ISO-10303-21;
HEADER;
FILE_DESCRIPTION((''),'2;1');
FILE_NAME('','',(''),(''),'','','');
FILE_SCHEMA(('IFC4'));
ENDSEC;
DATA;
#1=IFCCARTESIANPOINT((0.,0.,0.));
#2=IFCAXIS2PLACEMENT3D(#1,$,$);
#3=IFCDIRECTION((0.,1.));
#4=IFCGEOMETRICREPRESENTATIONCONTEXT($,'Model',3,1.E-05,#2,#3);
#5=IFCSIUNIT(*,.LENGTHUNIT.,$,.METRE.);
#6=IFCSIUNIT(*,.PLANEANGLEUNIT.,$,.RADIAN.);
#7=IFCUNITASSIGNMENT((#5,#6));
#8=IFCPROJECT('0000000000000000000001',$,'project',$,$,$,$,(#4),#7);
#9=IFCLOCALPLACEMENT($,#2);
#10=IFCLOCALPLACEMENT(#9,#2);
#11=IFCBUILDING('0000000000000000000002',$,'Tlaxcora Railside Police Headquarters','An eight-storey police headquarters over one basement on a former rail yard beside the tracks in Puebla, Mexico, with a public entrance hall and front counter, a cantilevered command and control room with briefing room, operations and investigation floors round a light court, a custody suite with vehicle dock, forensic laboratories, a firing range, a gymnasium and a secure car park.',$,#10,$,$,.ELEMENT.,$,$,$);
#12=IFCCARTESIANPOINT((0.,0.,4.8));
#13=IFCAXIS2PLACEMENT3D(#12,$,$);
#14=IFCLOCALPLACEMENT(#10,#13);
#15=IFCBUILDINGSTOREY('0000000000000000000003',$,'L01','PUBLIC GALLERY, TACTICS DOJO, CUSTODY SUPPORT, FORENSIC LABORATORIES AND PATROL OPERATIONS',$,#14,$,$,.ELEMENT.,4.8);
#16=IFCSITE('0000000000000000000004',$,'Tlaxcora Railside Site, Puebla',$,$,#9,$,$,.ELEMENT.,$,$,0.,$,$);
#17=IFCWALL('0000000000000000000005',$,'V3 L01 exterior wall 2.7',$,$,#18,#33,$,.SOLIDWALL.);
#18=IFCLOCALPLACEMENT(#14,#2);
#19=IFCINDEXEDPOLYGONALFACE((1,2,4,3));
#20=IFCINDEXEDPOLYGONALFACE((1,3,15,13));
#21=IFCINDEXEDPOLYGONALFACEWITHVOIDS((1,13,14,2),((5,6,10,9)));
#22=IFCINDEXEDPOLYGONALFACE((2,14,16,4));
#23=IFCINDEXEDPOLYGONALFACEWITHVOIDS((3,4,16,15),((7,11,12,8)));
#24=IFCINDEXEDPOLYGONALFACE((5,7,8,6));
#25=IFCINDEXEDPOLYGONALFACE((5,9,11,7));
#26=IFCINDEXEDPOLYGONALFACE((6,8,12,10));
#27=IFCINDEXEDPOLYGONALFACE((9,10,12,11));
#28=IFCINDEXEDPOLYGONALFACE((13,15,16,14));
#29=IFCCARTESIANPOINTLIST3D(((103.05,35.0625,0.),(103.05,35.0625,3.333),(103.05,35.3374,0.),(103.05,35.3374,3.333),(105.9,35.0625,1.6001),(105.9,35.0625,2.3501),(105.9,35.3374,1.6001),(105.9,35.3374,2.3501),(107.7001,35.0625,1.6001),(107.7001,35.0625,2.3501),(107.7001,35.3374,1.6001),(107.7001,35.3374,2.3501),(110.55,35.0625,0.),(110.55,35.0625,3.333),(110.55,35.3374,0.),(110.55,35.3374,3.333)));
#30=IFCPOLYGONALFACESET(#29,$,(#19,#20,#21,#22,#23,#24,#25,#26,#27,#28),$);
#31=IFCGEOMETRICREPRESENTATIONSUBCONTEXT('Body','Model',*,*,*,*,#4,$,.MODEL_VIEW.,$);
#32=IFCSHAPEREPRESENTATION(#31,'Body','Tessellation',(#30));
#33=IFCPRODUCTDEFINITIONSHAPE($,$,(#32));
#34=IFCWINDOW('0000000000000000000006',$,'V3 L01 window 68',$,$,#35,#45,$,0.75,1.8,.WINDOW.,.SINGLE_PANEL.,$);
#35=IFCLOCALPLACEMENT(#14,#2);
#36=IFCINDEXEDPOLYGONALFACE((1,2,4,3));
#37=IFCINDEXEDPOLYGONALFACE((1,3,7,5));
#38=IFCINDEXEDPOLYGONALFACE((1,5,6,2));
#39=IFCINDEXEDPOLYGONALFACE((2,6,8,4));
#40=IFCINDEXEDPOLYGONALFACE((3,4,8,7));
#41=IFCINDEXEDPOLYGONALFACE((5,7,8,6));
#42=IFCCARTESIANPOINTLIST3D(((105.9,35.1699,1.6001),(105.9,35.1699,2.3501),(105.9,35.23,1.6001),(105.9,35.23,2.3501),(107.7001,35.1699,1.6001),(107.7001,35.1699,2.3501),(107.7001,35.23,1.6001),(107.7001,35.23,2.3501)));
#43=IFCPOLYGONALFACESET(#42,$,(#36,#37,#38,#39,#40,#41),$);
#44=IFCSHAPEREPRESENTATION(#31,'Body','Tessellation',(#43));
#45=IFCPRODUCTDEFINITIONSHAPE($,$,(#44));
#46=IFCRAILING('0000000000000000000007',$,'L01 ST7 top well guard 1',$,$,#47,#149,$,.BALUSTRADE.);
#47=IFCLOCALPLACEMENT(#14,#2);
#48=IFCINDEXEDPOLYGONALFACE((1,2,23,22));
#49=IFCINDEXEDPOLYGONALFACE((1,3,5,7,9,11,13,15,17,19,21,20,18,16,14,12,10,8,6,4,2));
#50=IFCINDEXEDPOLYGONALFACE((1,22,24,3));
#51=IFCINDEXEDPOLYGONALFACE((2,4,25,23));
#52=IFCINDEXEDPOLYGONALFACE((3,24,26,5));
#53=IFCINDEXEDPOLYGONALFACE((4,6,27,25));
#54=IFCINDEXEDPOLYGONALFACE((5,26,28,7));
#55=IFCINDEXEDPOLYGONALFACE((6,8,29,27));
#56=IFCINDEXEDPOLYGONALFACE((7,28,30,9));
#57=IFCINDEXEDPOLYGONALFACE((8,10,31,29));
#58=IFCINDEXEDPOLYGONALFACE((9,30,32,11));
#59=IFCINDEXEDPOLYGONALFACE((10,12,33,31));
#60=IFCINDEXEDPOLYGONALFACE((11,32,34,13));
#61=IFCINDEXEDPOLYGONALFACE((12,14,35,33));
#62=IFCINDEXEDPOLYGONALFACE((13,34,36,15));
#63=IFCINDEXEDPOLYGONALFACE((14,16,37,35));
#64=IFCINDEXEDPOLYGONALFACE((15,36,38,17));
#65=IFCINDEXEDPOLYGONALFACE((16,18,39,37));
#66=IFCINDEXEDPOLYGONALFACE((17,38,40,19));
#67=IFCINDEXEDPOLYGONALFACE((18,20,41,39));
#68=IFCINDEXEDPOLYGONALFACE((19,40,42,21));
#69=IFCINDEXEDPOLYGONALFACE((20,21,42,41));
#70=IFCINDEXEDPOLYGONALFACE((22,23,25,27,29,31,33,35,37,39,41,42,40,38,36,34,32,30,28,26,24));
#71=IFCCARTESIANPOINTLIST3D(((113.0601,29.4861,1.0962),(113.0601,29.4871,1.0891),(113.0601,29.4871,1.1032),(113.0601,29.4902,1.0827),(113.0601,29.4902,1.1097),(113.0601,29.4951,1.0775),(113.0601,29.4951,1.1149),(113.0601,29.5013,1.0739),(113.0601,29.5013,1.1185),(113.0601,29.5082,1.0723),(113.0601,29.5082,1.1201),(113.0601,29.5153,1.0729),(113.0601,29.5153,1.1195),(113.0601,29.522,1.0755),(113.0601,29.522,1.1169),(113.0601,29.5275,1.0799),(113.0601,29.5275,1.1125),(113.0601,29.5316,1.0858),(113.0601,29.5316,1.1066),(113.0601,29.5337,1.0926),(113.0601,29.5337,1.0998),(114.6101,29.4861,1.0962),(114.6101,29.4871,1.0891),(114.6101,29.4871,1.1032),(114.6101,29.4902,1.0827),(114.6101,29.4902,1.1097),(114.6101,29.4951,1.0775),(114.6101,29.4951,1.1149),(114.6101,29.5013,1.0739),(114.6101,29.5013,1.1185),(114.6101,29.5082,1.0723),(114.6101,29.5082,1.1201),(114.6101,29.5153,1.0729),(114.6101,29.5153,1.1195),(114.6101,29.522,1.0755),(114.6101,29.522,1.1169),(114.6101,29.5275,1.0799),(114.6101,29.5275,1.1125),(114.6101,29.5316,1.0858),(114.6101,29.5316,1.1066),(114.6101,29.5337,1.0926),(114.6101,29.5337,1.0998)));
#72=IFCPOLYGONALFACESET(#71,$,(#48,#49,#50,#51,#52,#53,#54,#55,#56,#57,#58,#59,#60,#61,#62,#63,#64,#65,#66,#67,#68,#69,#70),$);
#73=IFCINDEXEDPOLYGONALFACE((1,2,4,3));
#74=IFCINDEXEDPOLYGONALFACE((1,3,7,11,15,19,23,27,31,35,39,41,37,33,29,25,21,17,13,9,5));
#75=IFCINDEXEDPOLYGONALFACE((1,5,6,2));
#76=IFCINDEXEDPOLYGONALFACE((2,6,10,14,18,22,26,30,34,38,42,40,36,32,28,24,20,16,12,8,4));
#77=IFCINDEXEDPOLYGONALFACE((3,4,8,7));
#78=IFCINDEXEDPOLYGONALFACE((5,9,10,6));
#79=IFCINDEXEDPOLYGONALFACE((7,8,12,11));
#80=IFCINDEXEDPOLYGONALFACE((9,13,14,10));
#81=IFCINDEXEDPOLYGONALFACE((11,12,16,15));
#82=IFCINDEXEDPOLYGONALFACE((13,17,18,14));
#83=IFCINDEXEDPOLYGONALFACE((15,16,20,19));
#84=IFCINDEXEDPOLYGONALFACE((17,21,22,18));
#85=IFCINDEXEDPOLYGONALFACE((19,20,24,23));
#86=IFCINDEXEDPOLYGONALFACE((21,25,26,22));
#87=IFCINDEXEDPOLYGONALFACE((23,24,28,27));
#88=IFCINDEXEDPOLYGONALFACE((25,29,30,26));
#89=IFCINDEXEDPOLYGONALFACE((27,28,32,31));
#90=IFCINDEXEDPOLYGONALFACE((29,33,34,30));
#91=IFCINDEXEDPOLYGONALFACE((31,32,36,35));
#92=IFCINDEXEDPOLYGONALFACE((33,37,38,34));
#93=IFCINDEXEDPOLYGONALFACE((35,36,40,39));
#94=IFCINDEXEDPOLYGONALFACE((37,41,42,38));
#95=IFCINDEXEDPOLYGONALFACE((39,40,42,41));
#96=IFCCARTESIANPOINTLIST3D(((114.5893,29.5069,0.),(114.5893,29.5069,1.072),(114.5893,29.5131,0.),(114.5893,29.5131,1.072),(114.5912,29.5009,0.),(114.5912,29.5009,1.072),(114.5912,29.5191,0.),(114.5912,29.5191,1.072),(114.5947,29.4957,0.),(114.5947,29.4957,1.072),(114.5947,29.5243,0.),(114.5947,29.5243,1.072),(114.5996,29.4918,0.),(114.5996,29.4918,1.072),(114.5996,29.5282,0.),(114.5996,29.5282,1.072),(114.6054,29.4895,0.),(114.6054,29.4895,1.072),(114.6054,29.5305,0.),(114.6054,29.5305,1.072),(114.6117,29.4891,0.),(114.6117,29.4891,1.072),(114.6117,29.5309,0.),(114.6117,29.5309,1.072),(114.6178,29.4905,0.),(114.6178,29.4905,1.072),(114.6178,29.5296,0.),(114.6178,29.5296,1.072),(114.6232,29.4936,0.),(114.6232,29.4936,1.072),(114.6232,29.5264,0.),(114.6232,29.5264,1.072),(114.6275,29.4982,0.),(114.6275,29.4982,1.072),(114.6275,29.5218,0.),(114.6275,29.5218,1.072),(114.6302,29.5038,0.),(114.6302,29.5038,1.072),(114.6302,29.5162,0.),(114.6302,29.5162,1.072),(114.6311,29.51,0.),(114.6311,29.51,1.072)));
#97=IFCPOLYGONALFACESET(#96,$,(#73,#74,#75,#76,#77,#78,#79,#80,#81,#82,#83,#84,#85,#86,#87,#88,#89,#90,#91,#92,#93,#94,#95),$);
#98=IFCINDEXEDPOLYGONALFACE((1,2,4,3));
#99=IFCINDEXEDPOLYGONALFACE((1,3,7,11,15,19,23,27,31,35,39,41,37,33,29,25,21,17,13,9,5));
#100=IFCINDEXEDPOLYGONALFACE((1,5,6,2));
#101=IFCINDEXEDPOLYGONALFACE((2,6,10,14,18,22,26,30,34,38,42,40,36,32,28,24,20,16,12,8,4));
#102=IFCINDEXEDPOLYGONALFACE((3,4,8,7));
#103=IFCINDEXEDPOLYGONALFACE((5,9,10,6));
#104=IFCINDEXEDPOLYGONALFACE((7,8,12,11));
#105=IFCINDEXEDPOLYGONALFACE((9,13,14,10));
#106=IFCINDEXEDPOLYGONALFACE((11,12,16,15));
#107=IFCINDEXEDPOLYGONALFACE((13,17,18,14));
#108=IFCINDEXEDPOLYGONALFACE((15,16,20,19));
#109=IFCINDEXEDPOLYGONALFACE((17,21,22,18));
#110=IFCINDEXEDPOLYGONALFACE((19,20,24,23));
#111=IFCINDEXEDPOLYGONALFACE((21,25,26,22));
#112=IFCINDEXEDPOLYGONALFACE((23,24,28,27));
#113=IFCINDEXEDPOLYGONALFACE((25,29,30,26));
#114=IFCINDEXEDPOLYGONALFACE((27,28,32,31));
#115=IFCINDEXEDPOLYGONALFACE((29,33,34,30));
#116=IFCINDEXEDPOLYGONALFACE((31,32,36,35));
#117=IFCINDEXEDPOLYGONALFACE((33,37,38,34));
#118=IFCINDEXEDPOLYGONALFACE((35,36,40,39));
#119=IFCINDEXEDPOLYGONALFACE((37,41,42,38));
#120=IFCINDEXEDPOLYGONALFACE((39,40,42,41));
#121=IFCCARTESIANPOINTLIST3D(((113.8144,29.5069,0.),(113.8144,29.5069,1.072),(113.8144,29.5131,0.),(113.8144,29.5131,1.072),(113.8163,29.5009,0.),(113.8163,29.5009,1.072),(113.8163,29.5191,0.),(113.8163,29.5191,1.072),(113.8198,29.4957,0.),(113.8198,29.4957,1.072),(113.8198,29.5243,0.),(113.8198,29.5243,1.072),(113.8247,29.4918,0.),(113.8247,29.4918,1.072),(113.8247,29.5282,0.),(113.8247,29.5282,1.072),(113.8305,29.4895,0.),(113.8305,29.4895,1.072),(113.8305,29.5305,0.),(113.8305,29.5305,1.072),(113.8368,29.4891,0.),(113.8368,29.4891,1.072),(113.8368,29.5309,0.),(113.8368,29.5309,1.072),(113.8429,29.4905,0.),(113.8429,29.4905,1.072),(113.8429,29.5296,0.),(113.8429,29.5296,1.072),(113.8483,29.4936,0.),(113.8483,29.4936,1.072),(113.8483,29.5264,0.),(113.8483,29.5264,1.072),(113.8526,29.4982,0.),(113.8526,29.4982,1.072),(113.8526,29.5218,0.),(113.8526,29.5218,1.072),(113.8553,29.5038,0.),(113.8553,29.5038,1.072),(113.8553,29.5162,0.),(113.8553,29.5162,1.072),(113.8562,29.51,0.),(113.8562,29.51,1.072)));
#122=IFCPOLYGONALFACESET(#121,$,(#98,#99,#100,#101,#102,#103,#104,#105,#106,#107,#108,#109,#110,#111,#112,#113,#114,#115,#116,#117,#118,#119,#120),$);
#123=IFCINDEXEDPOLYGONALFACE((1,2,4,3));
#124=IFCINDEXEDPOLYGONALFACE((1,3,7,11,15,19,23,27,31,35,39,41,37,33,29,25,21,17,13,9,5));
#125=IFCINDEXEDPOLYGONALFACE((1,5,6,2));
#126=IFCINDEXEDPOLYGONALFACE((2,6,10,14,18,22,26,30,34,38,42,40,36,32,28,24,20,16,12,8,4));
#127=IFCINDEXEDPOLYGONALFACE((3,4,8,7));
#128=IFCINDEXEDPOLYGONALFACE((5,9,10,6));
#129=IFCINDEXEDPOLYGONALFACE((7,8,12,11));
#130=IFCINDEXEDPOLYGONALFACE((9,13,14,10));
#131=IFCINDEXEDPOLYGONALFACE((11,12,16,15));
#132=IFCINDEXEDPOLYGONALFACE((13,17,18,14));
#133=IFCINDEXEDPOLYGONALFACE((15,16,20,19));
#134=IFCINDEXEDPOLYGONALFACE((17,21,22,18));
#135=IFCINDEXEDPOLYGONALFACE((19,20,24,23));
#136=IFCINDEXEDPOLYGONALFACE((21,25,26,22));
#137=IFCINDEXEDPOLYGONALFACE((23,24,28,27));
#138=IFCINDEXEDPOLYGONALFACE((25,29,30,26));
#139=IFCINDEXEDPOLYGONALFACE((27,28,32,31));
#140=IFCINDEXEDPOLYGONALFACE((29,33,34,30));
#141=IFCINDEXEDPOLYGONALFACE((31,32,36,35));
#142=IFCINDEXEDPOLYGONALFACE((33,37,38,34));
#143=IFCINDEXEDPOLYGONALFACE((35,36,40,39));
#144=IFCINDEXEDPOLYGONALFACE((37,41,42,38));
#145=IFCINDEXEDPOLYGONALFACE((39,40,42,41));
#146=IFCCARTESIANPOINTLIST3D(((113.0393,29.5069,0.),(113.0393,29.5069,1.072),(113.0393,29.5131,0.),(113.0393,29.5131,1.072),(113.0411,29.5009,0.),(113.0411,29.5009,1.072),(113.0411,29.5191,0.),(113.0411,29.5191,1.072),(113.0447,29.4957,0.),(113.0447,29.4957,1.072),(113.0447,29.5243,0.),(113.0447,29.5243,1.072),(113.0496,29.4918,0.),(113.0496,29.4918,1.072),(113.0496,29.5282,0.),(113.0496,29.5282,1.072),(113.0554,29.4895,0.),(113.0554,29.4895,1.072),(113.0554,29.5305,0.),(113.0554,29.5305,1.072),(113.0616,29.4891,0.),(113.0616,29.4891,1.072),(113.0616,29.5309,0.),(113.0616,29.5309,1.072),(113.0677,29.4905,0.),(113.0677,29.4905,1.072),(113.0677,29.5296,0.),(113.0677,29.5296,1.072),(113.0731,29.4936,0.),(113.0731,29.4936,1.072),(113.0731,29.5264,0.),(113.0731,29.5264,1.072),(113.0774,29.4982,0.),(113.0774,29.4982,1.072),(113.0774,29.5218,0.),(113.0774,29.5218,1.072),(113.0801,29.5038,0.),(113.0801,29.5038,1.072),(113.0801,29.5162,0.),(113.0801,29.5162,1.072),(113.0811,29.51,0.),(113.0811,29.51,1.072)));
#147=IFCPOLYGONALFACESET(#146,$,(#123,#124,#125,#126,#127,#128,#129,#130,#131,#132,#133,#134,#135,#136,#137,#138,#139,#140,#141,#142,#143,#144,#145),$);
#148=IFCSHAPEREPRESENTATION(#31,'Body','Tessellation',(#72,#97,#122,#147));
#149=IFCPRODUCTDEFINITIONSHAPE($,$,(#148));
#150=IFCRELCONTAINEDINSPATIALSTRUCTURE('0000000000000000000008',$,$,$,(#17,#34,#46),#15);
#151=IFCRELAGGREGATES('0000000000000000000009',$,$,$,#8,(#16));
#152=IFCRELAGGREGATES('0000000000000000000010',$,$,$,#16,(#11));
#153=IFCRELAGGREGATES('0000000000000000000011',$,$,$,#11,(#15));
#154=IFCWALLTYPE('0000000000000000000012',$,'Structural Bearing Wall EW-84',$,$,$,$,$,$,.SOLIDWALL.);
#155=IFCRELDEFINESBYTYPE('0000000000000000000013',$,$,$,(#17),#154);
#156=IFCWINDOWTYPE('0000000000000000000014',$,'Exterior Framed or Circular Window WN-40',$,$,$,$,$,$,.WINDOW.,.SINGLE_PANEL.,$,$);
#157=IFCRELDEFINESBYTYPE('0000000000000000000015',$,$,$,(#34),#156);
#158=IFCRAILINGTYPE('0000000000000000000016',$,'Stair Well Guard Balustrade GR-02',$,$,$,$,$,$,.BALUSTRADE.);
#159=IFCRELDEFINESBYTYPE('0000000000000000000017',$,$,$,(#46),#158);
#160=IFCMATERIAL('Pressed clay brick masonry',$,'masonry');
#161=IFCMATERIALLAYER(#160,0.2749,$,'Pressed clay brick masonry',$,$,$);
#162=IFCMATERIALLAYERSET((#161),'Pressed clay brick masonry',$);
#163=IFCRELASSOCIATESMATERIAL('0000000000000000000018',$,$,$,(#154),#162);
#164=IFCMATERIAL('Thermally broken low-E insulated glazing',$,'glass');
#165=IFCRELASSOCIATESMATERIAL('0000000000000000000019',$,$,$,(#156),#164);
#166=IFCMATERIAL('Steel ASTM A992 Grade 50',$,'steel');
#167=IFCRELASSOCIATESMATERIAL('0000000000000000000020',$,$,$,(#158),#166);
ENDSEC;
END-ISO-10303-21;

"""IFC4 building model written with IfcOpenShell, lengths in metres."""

from ifc_helpers import new_model, si_unit, direction, frame, frame_2d, origin, origin_2d, place, context, subcontext, project, spatial, rectangle, circle, extrude, material, layer, layer_set, type_object, element, fill, save


model = new_model("IFC4")

# Units and contexts
model_context = context("Model", 3, precision=1e-05, world=origin(), true_north=direction((0.0, 1.0)))
body_context = subcontext(model_context, "Body", "Model", "MODEL_VIEW")
ifc_project = project(units=[si_unit("LENGTHUNIT", "METRE"), si_unit("PLANEANGLEUNIT", "RADIAN")], contexts=[model_context])

# Site, building, storey
site_placement = place(None, origin())
site = spatial("IfcSite", under=ifc_project, at=site_placement, Name="Tlaxcora Railside Site, Puebla", CompositionType="ELEMENT", RefElevation=0.0)
building_placement = place(site_placement, origin())
building = spatial("IfcBuilding", under=site, at=building_placement, Name="Tlaxcora Railside Police Headquarters", Description="An eight-storey police headquarters over one basement on a former rail yard beside the tracks in Puebla, Mexico, with a public entrance hall and front counter, a cantilevered command and control room with briefing room, operations and investigation floors round a light court, a custody suite with vehicle dock, forensic laboratories, a firing range, a gymnasium and a secure car park.", CompositionType="ELEMENT")
storey_placement = place(building_placement, frame((0.0, 0.0, 4.8)))
storey = spatial("IfcBuildingStorey", under=building, at=storey_placement, Name="L01", Description="PUBLIC GALLERY, TACTICS DOJO, CUSTODY SUPPORT, FORENSIC LABORATORIES AND PATROL OPERATIONS", CompositionType="ELEMENT", Elevation=4.8)

# Shared definitions
ifc_material_1 = material(Name="Steel ASTM A992 Grade 50", Category="steel")

# Shared definitions
ifc_material_2 = material(Name="Pressed clay brick masonry", Category="masonry")
ifc_layer_1 = layer(ifc_material_2, 0.2749, Name="Pressed clay brick masonry")
ifc_layer_set_1 = layer_set([ifc_layer_1], Name="Pressed clay brick masonry")
wall_type_1 = type_object("IfcWallType", Name="Structural Bearing Wall EW-84", PredefinedType="SOLIDWALL", material=ifc_layer_set_1)

# Wall, opening, window
wall_1_placement = place(storey_placement, frame((110.55, 35.2, 0.0), z_axis=(0.0, 0.0, 1.0), x_axis=(-1.0, 0.0, 0.0)))
wall_1 = element("IfcWall", 1, at=wall_1_placement, inside=storey, type_object=wall_type_1, Name="V3 L01 exterior wall 2.7", PredefinedType="SOLIDWALL", context=body_context, shape_type="SweptSolid", body=[
    extrude(rectangle(XDim=7.5, YDim=0.2749, at=frame_2d((3.75, 0.0))), origin(), (0.0, 0.0, 1.0), 3.333),
])
opening_1_placement = place(wall_1_placement, frame((2.8501, 0.0, 1.6001)))
opening_1 = element("IfcOpeningElement", 2, at=opening_1_placement, cuts=wall_1, PredefinedType="OPENING", context=body_context, shape_type="SweptSolid", body=[
    extrude(rectangle(XDim=1.8, YDim=0.75, at=frame_2d((0.8999, 0.375))), frame((0.0, 0.1475, 0.0), z_axis=(0.0, -1.0, 0.0), x_axis=(1.0, 0.0, 0.0)), (0.0, 0.0, 1.0), 0.2949),
])
ifc_material_3 = material(Name="Thermally broken low-E insulated glazing", Category="glass")
window_type = type_object("IfcWindowType", Name="Exterior Framed or Circular Window WN-40", PartitioningType="SINGLE_PANEL", PredefinedType="WINDOW", material=ifc_material_3)
window_placement = place(opening_1_placement, origin())
window = element("IfcWindow", 3, at=window_placement, inside=storey, type_object=window_type, Name="V3 L01 window 68", OverallHeight=0.75, OverallWidth=1.8, PartitioningType="SINGLE_PANEL", PredefinedType="WINDOW", context=body_context, shape_type="SweptSolid", body=[
    extrude(rectangle(XDim=1.8, YDim=0.75, at=frame_2d((0.8999, 0.375))), frame((0.0, 0.03, 0.0), z_axis=(0.0, -1.0, 0.0), x_axis=(1.0, 0.0, 0.0)), (0.0, 0.0, 1.0), 0.0601),
])
fill(opening_1, window)

# Railing
railing_type = type_object("IfcRailingType", Name="Stair Well Guard Balustrade GR-02", PredefinedType="BALUSTRADE", material=ifc_material_1)
railing_placement = place(storey_placement, frame((114.6101, 29.51, 0.0)))
element("IfcRailing", 4, at=railing_placement, inside=storey, type_object=railing_type, Name="L01 ST7 top well guard 1", PredefinedType="BALUSTRADE", context=body_context, shape_type="SweptSolid", body=[
    extrude(circle(Radius=0.0239, at=origin_2d()), frame((0.0, 0.0, 1.0962), z_axis=(-1.0, 0.0, 0.0), x_axis=(0.0, -1.0, 0.0)), (0.0, 0.0, 1.0), 1.55),
    extrude(circle(Radius=0.021, at=origin_2d()), origin(), (0.0, 0.0, 1.0), 1.072),
    extrude(circle(Radius=0.021, at=origin_2d()), frame((-0.7749, 0.0, 0.0)), (0.0, 0.0, 1.0), 1.072),
    extrude(circle(Radius=0.021, at=origin_2d()), frame((-1.55, 0.0, 0.0)), (0.0, 0.0, 1.0), 1.072),
])

save(model, "model.ifc")
